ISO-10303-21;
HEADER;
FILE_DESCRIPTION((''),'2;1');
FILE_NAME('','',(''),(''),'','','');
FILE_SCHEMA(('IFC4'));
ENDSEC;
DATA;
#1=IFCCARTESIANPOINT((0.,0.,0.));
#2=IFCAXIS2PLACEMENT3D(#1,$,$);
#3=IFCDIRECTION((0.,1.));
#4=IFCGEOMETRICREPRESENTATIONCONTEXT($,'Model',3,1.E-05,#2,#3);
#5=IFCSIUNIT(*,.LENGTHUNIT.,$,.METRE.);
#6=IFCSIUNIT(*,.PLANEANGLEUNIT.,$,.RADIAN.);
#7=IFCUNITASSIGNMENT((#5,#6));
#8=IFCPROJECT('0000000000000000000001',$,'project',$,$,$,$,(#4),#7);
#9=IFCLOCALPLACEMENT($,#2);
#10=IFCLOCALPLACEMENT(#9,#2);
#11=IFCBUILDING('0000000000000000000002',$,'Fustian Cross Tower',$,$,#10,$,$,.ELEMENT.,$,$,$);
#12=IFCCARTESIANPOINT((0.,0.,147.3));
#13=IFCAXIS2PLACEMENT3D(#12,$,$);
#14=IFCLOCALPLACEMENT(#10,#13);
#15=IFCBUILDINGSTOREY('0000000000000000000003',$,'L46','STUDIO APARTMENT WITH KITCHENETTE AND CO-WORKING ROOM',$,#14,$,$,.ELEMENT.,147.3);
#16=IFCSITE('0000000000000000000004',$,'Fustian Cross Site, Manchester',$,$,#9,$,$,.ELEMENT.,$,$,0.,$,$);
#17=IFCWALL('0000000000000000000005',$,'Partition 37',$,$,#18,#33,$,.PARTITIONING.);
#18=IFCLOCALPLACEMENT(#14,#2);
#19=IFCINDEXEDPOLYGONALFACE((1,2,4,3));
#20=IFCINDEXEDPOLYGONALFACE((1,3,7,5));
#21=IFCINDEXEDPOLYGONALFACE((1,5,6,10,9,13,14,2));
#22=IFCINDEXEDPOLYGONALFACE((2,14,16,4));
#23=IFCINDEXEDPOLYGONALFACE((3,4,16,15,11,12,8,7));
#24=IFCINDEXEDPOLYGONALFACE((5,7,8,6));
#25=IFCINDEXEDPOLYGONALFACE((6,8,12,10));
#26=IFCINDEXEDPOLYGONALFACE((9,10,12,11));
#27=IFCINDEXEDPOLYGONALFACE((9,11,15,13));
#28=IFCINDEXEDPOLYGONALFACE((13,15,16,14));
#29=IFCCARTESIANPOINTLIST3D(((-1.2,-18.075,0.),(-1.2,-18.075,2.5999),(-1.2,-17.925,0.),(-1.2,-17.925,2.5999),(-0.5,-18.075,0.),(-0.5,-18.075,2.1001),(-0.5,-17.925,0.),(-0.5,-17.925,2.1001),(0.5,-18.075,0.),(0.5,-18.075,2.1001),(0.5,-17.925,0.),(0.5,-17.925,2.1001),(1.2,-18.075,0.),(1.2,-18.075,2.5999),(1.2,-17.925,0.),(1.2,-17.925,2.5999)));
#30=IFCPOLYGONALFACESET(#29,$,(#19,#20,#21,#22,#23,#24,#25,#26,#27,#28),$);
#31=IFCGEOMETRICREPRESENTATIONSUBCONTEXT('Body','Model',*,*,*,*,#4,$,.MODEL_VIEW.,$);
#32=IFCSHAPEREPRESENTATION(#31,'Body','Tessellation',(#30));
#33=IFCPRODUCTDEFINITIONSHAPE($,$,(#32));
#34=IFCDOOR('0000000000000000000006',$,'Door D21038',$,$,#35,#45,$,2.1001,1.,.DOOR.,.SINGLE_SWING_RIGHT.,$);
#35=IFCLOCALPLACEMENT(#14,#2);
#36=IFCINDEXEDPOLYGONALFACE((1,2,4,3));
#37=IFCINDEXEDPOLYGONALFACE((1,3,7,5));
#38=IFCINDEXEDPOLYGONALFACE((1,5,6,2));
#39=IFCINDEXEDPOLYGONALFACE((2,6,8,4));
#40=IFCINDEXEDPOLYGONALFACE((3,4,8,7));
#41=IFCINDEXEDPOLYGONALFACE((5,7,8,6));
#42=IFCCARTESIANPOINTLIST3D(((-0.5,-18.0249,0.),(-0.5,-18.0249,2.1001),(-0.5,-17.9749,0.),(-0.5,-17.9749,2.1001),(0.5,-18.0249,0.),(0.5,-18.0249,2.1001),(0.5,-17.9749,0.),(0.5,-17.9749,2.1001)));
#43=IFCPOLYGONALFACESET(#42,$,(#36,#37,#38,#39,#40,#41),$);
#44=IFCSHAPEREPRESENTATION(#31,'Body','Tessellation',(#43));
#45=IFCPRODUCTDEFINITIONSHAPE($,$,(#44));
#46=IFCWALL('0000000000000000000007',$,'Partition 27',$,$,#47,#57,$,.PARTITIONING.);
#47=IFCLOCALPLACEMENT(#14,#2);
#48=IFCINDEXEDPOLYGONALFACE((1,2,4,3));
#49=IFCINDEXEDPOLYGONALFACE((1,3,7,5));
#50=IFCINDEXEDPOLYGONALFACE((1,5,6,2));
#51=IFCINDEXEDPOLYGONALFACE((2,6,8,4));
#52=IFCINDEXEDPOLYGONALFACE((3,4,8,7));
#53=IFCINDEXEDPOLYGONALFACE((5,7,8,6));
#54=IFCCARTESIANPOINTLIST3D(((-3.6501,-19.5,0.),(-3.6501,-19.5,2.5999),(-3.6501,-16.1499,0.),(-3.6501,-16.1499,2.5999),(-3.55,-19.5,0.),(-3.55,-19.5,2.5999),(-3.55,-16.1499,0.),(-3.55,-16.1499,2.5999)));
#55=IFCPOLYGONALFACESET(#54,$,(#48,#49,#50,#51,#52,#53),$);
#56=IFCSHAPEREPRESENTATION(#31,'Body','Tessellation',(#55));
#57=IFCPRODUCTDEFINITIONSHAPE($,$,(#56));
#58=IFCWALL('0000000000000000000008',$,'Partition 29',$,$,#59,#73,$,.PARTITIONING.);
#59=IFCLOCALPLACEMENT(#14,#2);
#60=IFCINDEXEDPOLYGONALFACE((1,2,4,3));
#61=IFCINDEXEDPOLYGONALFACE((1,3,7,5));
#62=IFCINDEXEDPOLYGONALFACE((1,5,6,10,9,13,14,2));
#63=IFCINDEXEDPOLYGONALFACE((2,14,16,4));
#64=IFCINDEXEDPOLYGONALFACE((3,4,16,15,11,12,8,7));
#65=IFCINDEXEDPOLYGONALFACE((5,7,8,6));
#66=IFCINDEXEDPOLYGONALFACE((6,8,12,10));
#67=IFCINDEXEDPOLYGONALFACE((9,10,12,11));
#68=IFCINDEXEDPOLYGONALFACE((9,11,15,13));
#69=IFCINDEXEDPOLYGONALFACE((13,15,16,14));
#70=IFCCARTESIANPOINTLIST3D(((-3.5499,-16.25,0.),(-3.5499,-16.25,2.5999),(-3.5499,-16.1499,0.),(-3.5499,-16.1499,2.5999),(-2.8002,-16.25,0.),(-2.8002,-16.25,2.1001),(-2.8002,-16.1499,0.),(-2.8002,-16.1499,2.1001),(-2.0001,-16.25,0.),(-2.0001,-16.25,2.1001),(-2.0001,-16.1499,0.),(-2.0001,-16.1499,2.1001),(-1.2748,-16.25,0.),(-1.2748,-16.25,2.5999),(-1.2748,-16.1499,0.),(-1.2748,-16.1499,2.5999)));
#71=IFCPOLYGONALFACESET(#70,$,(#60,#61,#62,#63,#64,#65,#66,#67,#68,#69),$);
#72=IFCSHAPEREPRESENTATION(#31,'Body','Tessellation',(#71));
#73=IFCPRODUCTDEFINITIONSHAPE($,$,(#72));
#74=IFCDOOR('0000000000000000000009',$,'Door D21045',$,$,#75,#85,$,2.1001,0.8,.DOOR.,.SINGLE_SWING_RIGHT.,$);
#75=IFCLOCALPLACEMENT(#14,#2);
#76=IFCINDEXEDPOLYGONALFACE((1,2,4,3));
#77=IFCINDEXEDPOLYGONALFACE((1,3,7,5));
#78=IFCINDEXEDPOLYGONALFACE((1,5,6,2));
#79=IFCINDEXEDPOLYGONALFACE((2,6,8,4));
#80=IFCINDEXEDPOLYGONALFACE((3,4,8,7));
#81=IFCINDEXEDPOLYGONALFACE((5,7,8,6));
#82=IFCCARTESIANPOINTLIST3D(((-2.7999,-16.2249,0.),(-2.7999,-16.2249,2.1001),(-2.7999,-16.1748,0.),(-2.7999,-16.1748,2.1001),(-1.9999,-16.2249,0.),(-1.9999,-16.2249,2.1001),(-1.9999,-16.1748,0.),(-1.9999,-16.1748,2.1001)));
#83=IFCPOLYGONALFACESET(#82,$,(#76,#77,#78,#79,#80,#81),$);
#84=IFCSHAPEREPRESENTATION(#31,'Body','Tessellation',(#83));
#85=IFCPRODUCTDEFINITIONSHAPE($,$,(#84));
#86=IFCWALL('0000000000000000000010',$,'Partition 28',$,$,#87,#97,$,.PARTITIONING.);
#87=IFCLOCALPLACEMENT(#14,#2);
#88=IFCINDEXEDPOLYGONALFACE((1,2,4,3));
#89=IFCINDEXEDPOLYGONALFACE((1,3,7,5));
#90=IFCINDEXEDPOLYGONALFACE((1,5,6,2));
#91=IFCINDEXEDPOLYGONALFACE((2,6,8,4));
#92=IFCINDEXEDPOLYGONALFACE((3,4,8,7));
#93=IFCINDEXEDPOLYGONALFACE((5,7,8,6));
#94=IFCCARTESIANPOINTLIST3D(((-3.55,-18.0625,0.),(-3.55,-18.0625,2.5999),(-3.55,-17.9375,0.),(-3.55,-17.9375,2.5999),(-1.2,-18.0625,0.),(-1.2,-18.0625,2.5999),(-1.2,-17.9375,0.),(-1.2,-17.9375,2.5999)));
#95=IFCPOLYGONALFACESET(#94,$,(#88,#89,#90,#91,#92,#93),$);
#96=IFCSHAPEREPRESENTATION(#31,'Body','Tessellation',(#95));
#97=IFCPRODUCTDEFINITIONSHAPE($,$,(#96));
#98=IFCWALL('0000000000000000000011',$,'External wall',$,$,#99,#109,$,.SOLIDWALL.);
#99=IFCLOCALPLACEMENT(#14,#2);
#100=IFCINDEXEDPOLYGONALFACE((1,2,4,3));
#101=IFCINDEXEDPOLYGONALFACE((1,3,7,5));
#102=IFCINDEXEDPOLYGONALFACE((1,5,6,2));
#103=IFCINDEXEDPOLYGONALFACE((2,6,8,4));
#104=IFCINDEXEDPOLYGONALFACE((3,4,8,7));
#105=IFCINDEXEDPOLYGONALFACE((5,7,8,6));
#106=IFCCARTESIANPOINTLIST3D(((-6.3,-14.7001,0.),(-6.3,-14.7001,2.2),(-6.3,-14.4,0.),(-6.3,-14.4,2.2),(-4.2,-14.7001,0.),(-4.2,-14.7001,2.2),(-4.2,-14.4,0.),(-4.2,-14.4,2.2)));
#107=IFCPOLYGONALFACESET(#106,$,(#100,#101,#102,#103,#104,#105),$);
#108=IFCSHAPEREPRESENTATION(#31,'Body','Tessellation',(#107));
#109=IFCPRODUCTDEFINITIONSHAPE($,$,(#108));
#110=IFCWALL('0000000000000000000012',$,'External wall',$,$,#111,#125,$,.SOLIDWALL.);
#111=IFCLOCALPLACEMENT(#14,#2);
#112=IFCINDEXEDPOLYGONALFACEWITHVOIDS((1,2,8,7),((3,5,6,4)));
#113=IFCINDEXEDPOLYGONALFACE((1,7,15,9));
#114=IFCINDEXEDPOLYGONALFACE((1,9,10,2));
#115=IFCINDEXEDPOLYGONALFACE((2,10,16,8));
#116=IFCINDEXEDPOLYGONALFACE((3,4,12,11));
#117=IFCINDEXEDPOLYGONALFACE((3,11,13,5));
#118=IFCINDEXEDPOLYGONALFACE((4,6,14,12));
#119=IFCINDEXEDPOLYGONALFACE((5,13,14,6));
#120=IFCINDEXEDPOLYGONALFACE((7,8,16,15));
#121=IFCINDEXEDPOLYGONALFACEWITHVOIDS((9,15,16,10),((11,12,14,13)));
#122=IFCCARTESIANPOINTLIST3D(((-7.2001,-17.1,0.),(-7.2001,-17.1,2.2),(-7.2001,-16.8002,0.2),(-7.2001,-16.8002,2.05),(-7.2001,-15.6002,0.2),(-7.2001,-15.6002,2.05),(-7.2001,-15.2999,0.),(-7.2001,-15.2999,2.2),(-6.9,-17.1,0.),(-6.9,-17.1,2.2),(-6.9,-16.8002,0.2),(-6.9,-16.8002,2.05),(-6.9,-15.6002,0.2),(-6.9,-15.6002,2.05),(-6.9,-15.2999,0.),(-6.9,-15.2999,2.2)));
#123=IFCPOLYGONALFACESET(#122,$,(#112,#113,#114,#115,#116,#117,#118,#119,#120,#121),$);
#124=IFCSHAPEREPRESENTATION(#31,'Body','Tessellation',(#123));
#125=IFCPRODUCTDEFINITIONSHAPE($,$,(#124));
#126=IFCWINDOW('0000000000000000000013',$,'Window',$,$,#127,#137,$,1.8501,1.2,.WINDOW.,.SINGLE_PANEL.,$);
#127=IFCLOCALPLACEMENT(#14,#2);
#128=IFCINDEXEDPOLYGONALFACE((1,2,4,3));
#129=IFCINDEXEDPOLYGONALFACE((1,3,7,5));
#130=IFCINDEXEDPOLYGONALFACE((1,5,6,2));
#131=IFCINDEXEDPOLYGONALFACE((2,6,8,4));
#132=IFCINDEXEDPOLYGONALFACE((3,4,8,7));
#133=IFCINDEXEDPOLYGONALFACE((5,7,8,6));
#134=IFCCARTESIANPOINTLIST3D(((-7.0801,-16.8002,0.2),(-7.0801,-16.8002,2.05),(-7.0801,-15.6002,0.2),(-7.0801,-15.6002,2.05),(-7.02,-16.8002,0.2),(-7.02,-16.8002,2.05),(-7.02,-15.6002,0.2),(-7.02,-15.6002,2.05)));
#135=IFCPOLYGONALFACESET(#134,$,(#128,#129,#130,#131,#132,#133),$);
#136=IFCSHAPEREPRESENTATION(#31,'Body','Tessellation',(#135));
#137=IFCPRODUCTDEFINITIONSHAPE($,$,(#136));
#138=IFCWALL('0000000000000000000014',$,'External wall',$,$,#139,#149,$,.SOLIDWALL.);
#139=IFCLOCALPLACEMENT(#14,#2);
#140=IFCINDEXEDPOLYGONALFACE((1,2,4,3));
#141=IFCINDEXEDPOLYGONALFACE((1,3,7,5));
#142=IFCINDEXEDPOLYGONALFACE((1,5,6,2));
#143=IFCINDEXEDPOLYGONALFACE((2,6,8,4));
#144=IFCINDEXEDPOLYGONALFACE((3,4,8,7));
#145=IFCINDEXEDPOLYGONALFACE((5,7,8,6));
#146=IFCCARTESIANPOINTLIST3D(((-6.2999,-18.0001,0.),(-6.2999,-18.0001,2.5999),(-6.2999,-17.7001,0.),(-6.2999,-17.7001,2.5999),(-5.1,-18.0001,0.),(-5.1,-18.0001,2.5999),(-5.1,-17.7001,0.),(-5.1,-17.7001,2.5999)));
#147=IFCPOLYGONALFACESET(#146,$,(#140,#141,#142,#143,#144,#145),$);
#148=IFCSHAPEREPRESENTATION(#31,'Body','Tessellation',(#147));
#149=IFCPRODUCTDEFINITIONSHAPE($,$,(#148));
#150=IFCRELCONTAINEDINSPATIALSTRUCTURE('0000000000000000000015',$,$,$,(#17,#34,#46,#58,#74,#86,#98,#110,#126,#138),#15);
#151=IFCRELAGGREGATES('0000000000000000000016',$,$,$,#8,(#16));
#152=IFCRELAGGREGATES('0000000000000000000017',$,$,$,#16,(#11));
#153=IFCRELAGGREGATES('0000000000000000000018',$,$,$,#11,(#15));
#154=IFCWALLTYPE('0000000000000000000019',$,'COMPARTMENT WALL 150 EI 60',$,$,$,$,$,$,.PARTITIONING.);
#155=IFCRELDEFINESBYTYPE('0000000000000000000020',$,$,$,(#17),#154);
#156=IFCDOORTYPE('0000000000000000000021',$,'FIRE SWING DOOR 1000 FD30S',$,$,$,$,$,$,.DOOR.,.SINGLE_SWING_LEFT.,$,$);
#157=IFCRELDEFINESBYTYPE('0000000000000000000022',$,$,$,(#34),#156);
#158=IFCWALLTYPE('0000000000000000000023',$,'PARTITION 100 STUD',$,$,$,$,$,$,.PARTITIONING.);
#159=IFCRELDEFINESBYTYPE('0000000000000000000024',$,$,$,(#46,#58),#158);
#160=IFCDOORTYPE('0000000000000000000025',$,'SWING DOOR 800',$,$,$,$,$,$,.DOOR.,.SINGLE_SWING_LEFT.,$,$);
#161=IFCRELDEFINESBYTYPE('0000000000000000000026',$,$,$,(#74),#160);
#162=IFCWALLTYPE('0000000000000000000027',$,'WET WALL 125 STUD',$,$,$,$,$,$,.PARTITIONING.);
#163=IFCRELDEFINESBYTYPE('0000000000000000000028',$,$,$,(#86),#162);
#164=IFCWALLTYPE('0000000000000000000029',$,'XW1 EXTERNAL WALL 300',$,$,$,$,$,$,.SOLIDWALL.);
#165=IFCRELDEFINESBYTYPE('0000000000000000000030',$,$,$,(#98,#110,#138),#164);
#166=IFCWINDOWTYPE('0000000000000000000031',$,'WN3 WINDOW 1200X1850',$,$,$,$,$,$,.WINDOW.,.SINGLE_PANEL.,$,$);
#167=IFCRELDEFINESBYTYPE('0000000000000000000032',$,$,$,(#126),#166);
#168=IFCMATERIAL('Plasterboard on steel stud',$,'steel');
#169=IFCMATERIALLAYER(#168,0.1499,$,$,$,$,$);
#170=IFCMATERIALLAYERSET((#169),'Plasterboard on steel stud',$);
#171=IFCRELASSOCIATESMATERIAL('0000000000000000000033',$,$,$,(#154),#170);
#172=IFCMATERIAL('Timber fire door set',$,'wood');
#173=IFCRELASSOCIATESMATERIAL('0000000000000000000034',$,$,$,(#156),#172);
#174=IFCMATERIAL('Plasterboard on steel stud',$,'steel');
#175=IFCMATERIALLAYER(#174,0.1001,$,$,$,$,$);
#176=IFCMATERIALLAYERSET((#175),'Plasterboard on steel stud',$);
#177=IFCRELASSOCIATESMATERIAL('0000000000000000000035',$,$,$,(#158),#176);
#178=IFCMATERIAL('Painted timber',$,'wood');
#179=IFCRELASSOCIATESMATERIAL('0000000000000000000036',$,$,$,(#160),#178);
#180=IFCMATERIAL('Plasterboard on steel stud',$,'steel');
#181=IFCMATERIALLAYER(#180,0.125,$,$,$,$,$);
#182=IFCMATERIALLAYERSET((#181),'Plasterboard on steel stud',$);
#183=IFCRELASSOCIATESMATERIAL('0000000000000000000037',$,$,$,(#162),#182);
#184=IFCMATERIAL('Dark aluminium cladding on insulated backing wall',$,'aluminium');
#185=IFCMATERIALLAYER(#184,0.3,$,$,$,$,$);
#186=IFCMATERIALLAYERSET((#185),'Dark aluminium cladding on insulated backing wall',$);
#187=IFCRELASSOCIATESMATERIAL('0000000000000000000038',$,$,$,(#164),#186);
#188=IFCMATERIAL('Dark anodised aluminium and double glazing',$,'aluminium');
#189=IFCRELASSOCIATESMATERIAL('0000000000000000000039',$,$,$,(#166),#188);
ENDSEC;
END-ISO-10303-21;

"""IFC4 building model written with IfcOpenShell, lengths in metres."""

from ifc_helpers import new_model, si_unit, direction, frame, frame_2d, origin, place, context, subcontext, project, spatial, rectangle, extrude, material, layer, layer_set, type_object, element, fill, save


model = new_model("IFC4")

# Units and contexts
model_context = context("Model", 3, precision=1e-05, world=origin(), true_north=direction((0.0, 1.0)))
body_context = subcontext(model_context, "Body", "Model", "MODEL_VIEW")
ifc_project = project(units=[si_unit("LENGTHUNIT", "METRE"), si_unit("PLANEANGLEUNIT", "RADIAN")], contexts=[model_context])

# Site, building, storey
site_placement = place(None, origin())
site = spatial("IfcSite", under=ifc_project, at=site_placement, Name="Fustian Cross Site, Manchester", CompositionType="ELEMENT", RefElevation=0.0)
building_placement = place(site_placement, origin())
building = spatial("IfcBuilding", under=site, at=building_placement, Name="Fustian Cross Tower", CompositionType="ELEMENT")
storey_placement = place(building_placement, frame((0.0, 0.0, 147.3)))
storey = spatial("IfcBuildingStorey", under=building, at=storey_placement, Name="L46", Description="STUDIO APARTMENT WITH KITCHENETTE AND CO-WORKING ROOM", CompositionType="ELEMENT", Elevation=147.3)

# Shared definitions
ifc_material_1 = material(Name="Plasterboard on steel stud", Category="steel")
ifc_layer_1 = layer(ifc_material_1, 0.1499)
ifc_layer_set_1 = layer_set([ifc_layer_1], Name="Plasterboard on steel stud")
wall_type_1 = type_object("IfcWallType", Name="COMPARTMENT WALL 150 EI 60", PredefinedType="PARTITIONING", material=ifc_layer_set_1)
ifc_material_2 = material(Name="Timber fire door set", Category="wood")
door_type_1 = type_object("IfcDoorType", Name="FIRE SWING DOOR 1000 FD30S", OperationType="SINGLE_SWING_LEFT", PredefinedType="DOOR", material=ifc_material_2)

# Wall, opening, door
wall_1_placement = place(storey_placement, frame((-1.2, -18.0, 0.0), z_axis=(0.0, 0.0, 1.0), x_axis=(1.0, 0.0, 0.0)))
wall_1 = element("IfcWall", 1, at=wall_1_placement, inside=storey, type_object=wall_type_1, Name="Partition 37", PredefinedType="PARTITIONING", context=body_context, shape_type="SweptSolid", body=[
    extrude(rectangle(XDim=2.3999, YDim=0.1499, at=frame_2d((1.2, 0.0))), origin(), (0.0, 0.0, 1.0), 2.5999),
])
opening_1_placement = place(wall_1_placement, frame((0.7, 0.0, 0.0)))
opening_1 = element("IfcOpeningElement", 2, at=opening_1_placement, cuts=wall_1, PredefinedType="OPENING", context=body_context, shape_type="SweptSolid", body=[
    extrude(rectangle(XDim=1.0, YDim=2.1001, at=frame_2d((0.5, 1.05))), frame((0.0, 0.085, 0.0), z_axis=(0.0, -1.0, 0.0), x_axis=(1.0, 0.0, 0.0)), (0.0, 0.0, 1.0), 0.1699),
])
door_1_placement = place(opening_1_placement, frame((1.0, 0.0, 0.0), z_axis=(0.0, 0.0, 1.0), x_axis=(-1.0, 0.0, 0.0)))
door_1 = element("IfcDoor", 3, at=door_1_placement, inside=storey, type_object=door_type_1, Name="Door D21038", OperationType="SINGLE_SWING_RIGHT", OverallHeight=2.1001, OverallWidth=1.0, PredefinedType="DOOR", context=body_context, shape_type="SweptSolid", body=[
    extrude(rectangle(XDim=1.0, YDim=2.1001, at=frame_2d((0.5, 1.05))), frame((0.0, 0.0249, 0.0), z_axis=(0.0, -1.0, 0.0), x_axis=(1.0, 0.0, 0.0)), (0.0, 0.0, 1.0), 0.05),
])
fill(opening_1, door_1)

# Wall
ifc_material_3 = material(Name="Plasterboard on steel stud", Category="steel")
ifc_layer_2 = layer(ifc_material_3, 0.1001)
ifc_layer_set_2 = layer_set([ifc_layer_2], Name="Plasterboard on steel stud")
wall_type_2 = type_object("IfcWallType", Name="PARTITION 100 STUD", PredefinedType="PARTITIONING", material=ifc_layer_set_2)
wall_2_placement = place(storey_placement, frame((-3.6001, -19.5, 0.0), z_axis=(0.0, 0.0, 1.0), x_axis=(0.0, 1.0, 0.0)))
element("IfcWall", 4, at=wall_2_placement, inside=storey, type_object=wall_type_2, Name="Partition 27", PredefinedType="PARTITIONING", context=body_context, shape_type="SweptSolid", body=[
    extrude(rectangle(XDim=3.3501, YDim=0.1001, at=frame_2d((1.675, 0.0))), origin(), (0.0, 0.0, 1.0), 2.5999),
])

# Wall, opening, door
wall_3_placement = place(storey_placement, frame((-3.55, -16.2, 0.0), z_axis=(0.0, 0.0, 1.0), x_axis=(1.0, 0.0, 0.0)))
wall_3 = element("IfcWall", 5, at=wall_3_placement, inside=storey, type_object=wall_type_2, Name="Partition 29", PredefinedType="PARTITIONING", context=body_context, shape_type="SweptSolid", body=[
    extrude(rectangle(XDim=2.2751, YDim=0.1001, at=frame_2d((1.1377, 0.0))), origin(), (0.0, 0.0, 1.0), 2.5999),
])
opening_2_placement = place(wall_3_placement, frame((0.75, 0.0, 0.0)))
opening_2 = element("IfcOpeningElement", 6, at=opening_2_placement, cuts=wall_3, PredefinedType="OPENING", context=body_context, shape_type="SweptSolid", body=[
    extrude(rectangle(XDim=0.8, YDim=2.1001, at=frame_2d((0.3999, 1.05))), frame((0.0, 0.0601, 0.0), z_axis=(0.0, -1.0, 0.0), x_axis=(1.0, 0.0, 0.0)), (0.0, 0.0, 1.0), 0.1201),
])
ifc_material_4 = material(Name="Painted timber", Category="wood")
door_type_2 = type_object("IfcDoorType", Name="SWING DOOR 800", OperationType="SINGLE_SWING_LEFT", PredefinedType="DOOR", material=ifc_material_4)
door_2_placement = place(opening_2_placement, frame((0.8, 0.0, 0.0), z_axis=(0.0, 0.0, 1.0), x_axis=(-1.0, 0.0, 0.0)))
door_2 = element("IfcDoor", 7, at=door_2_placement, inside=storey, type_object=door_type_2, Name="Door D21045", OperationType="SINGLE_SWING_RIGHT", OverallHeight=2.1001, OverallWidth=0.8, PredefinedType="DOOR", context=body_context, shape_type="SweptSolid", body=[
    extrude(rectangle(XDim=0.8, YDim=2.1001, at=frame_2d((0.3999, 1.05))), frame((0.0, 0.0249, 0.0), z_axis=(0.0, -1.0, 0.0), x_axis=(1.0, 0.0, 0.0)), (0.0, 0.0, 1.0), 0.05),
])
fill(opening_2, door_2)

# Walls
ifc_material_5 = material(Name="Plasterboard on steel stud", Category="steel")
ifc_layer_3 = layer(ifc_material_5, 0.125)
ifc_layer_set_3 = layer_set([ifc_layer_3], Name="Plasterboard on steel stud")
wall_type_3 = type_object("IfcWallType", Name="WET WALL 125 STUD", PredefinedType="PARTITIONING", material=ifc_layer_set_3)
wall_4_placement = place(storey_placement, frame((-3.55, -18.0, 0.0), z_axis=(0.0, 0.0, 1.0), x_axis=(1.0, 0.0, 0.0)))
element("IfcWall", 8, at=wall_4_placement, inside=storey, type_object=wall_type_3, Name="Partition 28", PredefinedType="PARTITIONING", context=body_context, shape_type="SweptSolid", body=[
    extrude(rectangle(XDim=2.3501, YDim=0.125, at=frame_2d((1.175, 0.0))), origin(), (0.0, 0.0, 1.0), 2.5999),
])
ifc_material_6 = material(Name="Dark aluminium cladding on insulated backing wall", Category="aluminium")
ifc_layer_4 = layer(ifc_material_6, 0.3)
ifc_layer_set_4 = layer_set([ifc_layer_4], Name="Dark aluminium cladding on insulated backing wall")
wall_type_4 = type_object("IfcWallType", Name="XW1 EXTERNAL WALL 300", PredefinedType="SOLIDWALL", material=ifc_layer_set_4)
wall_5_placement = place(storey_placement, frame((-4.2, -14.55, 0.0), z_axis=(0.0, 0.0, 1.0), x_axis=(-1.0, 0.0, 0.0)))
element("IfcWall", 9, at=wall_5_placement, inside=storey, type_object=wall_type_4, Name="External wall", PredefinedType="SOLIDWALL", context=body_context, shape_type="SweptSolid", body=[
    extrude(rectangle(XDim=2.1001, YDim=0.3, at=frame_2d((1.05, 0.0))), origin(), (0.0, 0.0, 1.0), 2.2),
])

# Wall, opening, window
wall_6_placement = place(storey_placement, frame((-7.05, -15.3, 0.0), z_axis=(0.0, 0.0, 1.0), x_axis=(0.0, -1.0, 0.0)))
wall_6 = element("IfcWall", 10, at=wall_6_placement, inside=storey, type_object=wall_type_4, Name="External wall", PredefinedType="SOLIDWALL", context=body_context, shape_type="SweptSolid", body=[
    extrude(rectangle(XDim=1.8, YDim=0.3, at=frame_2d((0.8999, 0.0))), origin(), (0.0, 0.0, 1.0), 2.2),
])
opening_3_placement = place(wall_6_placement, frame((0.3, 0.0, 0.2)))
opening_3 = element("IfcOpeningElement", 11, at=opening_3_placement, cuts=wall_6, PredefinedType="OPENING", context=body_context, shape_type="SweptSolid", body=[
    extrude(rectangle(XDim=1.2, YDim=1.8501, at=frame_2d((0.6001, 0.925))), frame((0.0, 0.1599, 0.0), z_axis=(0.0, -1.0, 0.0), x_axis=(1.0, 0.0, 0.0)), (0.0, 0.0, 1.0), 0.3201),
])
ifc_material_7 = material(Name="Dark anodised aluminium and double glazing", Category="aluminium")
window_type_1 = type_object("IfcWindowType", Name="WN3 WINDOW 1200X1850", PartitioningType="SINGLE_PANEL", PredefinedType="WINDOW", material=ifc_material_7)
window_1_placement = place(opening_3_placement, origin())
window_1 = element("IfcWindow", 12, at=window_1_placement, inside=storey, type_object=window_type_1, Name="Window", OverallHeight=1.8501, OverallWidth=1.2, PartitioningType="SINGLE_PANEL", PredefinedType="WINDOW", context=body_context, shape_type="SweptSolid", body=[
    extrude(rectangle(XDim=1.2, YDim=1.8501, at=frame_2d((0.6001, 0.925))), frame((0.0, 0.03, 0.0), z_axis=(0.0, -1.0, 0.0), x_axis=(1.0, 0.0, 0.0)), (0.0, 0.0, 1.0), 0.0601),
])
fill(opening_3, window_1)

# Wall
wall_7_placement = place(storey_placement, frame((-6.3, -17.8501, 0.0), z_axis=(0.0, 0.0, 1.0), x_axis=(1.0, 0.0, 0.0)))
element("IfcWall", 13, at=wall_7_placement, inside=storey, type_object=wall_type_4, Name="External wall", PredefinedType="SOLIDWALL", context=body_context, shape_type="SweptSolid", body=[
    extrude(rectangle(XDim=1.2, YDim=0.3, at=frame_2d((0.6001, 0.0))), origin(), (0.0, 0.0, 1.0), 2.5999),
])

save(model, "model.ifc")
